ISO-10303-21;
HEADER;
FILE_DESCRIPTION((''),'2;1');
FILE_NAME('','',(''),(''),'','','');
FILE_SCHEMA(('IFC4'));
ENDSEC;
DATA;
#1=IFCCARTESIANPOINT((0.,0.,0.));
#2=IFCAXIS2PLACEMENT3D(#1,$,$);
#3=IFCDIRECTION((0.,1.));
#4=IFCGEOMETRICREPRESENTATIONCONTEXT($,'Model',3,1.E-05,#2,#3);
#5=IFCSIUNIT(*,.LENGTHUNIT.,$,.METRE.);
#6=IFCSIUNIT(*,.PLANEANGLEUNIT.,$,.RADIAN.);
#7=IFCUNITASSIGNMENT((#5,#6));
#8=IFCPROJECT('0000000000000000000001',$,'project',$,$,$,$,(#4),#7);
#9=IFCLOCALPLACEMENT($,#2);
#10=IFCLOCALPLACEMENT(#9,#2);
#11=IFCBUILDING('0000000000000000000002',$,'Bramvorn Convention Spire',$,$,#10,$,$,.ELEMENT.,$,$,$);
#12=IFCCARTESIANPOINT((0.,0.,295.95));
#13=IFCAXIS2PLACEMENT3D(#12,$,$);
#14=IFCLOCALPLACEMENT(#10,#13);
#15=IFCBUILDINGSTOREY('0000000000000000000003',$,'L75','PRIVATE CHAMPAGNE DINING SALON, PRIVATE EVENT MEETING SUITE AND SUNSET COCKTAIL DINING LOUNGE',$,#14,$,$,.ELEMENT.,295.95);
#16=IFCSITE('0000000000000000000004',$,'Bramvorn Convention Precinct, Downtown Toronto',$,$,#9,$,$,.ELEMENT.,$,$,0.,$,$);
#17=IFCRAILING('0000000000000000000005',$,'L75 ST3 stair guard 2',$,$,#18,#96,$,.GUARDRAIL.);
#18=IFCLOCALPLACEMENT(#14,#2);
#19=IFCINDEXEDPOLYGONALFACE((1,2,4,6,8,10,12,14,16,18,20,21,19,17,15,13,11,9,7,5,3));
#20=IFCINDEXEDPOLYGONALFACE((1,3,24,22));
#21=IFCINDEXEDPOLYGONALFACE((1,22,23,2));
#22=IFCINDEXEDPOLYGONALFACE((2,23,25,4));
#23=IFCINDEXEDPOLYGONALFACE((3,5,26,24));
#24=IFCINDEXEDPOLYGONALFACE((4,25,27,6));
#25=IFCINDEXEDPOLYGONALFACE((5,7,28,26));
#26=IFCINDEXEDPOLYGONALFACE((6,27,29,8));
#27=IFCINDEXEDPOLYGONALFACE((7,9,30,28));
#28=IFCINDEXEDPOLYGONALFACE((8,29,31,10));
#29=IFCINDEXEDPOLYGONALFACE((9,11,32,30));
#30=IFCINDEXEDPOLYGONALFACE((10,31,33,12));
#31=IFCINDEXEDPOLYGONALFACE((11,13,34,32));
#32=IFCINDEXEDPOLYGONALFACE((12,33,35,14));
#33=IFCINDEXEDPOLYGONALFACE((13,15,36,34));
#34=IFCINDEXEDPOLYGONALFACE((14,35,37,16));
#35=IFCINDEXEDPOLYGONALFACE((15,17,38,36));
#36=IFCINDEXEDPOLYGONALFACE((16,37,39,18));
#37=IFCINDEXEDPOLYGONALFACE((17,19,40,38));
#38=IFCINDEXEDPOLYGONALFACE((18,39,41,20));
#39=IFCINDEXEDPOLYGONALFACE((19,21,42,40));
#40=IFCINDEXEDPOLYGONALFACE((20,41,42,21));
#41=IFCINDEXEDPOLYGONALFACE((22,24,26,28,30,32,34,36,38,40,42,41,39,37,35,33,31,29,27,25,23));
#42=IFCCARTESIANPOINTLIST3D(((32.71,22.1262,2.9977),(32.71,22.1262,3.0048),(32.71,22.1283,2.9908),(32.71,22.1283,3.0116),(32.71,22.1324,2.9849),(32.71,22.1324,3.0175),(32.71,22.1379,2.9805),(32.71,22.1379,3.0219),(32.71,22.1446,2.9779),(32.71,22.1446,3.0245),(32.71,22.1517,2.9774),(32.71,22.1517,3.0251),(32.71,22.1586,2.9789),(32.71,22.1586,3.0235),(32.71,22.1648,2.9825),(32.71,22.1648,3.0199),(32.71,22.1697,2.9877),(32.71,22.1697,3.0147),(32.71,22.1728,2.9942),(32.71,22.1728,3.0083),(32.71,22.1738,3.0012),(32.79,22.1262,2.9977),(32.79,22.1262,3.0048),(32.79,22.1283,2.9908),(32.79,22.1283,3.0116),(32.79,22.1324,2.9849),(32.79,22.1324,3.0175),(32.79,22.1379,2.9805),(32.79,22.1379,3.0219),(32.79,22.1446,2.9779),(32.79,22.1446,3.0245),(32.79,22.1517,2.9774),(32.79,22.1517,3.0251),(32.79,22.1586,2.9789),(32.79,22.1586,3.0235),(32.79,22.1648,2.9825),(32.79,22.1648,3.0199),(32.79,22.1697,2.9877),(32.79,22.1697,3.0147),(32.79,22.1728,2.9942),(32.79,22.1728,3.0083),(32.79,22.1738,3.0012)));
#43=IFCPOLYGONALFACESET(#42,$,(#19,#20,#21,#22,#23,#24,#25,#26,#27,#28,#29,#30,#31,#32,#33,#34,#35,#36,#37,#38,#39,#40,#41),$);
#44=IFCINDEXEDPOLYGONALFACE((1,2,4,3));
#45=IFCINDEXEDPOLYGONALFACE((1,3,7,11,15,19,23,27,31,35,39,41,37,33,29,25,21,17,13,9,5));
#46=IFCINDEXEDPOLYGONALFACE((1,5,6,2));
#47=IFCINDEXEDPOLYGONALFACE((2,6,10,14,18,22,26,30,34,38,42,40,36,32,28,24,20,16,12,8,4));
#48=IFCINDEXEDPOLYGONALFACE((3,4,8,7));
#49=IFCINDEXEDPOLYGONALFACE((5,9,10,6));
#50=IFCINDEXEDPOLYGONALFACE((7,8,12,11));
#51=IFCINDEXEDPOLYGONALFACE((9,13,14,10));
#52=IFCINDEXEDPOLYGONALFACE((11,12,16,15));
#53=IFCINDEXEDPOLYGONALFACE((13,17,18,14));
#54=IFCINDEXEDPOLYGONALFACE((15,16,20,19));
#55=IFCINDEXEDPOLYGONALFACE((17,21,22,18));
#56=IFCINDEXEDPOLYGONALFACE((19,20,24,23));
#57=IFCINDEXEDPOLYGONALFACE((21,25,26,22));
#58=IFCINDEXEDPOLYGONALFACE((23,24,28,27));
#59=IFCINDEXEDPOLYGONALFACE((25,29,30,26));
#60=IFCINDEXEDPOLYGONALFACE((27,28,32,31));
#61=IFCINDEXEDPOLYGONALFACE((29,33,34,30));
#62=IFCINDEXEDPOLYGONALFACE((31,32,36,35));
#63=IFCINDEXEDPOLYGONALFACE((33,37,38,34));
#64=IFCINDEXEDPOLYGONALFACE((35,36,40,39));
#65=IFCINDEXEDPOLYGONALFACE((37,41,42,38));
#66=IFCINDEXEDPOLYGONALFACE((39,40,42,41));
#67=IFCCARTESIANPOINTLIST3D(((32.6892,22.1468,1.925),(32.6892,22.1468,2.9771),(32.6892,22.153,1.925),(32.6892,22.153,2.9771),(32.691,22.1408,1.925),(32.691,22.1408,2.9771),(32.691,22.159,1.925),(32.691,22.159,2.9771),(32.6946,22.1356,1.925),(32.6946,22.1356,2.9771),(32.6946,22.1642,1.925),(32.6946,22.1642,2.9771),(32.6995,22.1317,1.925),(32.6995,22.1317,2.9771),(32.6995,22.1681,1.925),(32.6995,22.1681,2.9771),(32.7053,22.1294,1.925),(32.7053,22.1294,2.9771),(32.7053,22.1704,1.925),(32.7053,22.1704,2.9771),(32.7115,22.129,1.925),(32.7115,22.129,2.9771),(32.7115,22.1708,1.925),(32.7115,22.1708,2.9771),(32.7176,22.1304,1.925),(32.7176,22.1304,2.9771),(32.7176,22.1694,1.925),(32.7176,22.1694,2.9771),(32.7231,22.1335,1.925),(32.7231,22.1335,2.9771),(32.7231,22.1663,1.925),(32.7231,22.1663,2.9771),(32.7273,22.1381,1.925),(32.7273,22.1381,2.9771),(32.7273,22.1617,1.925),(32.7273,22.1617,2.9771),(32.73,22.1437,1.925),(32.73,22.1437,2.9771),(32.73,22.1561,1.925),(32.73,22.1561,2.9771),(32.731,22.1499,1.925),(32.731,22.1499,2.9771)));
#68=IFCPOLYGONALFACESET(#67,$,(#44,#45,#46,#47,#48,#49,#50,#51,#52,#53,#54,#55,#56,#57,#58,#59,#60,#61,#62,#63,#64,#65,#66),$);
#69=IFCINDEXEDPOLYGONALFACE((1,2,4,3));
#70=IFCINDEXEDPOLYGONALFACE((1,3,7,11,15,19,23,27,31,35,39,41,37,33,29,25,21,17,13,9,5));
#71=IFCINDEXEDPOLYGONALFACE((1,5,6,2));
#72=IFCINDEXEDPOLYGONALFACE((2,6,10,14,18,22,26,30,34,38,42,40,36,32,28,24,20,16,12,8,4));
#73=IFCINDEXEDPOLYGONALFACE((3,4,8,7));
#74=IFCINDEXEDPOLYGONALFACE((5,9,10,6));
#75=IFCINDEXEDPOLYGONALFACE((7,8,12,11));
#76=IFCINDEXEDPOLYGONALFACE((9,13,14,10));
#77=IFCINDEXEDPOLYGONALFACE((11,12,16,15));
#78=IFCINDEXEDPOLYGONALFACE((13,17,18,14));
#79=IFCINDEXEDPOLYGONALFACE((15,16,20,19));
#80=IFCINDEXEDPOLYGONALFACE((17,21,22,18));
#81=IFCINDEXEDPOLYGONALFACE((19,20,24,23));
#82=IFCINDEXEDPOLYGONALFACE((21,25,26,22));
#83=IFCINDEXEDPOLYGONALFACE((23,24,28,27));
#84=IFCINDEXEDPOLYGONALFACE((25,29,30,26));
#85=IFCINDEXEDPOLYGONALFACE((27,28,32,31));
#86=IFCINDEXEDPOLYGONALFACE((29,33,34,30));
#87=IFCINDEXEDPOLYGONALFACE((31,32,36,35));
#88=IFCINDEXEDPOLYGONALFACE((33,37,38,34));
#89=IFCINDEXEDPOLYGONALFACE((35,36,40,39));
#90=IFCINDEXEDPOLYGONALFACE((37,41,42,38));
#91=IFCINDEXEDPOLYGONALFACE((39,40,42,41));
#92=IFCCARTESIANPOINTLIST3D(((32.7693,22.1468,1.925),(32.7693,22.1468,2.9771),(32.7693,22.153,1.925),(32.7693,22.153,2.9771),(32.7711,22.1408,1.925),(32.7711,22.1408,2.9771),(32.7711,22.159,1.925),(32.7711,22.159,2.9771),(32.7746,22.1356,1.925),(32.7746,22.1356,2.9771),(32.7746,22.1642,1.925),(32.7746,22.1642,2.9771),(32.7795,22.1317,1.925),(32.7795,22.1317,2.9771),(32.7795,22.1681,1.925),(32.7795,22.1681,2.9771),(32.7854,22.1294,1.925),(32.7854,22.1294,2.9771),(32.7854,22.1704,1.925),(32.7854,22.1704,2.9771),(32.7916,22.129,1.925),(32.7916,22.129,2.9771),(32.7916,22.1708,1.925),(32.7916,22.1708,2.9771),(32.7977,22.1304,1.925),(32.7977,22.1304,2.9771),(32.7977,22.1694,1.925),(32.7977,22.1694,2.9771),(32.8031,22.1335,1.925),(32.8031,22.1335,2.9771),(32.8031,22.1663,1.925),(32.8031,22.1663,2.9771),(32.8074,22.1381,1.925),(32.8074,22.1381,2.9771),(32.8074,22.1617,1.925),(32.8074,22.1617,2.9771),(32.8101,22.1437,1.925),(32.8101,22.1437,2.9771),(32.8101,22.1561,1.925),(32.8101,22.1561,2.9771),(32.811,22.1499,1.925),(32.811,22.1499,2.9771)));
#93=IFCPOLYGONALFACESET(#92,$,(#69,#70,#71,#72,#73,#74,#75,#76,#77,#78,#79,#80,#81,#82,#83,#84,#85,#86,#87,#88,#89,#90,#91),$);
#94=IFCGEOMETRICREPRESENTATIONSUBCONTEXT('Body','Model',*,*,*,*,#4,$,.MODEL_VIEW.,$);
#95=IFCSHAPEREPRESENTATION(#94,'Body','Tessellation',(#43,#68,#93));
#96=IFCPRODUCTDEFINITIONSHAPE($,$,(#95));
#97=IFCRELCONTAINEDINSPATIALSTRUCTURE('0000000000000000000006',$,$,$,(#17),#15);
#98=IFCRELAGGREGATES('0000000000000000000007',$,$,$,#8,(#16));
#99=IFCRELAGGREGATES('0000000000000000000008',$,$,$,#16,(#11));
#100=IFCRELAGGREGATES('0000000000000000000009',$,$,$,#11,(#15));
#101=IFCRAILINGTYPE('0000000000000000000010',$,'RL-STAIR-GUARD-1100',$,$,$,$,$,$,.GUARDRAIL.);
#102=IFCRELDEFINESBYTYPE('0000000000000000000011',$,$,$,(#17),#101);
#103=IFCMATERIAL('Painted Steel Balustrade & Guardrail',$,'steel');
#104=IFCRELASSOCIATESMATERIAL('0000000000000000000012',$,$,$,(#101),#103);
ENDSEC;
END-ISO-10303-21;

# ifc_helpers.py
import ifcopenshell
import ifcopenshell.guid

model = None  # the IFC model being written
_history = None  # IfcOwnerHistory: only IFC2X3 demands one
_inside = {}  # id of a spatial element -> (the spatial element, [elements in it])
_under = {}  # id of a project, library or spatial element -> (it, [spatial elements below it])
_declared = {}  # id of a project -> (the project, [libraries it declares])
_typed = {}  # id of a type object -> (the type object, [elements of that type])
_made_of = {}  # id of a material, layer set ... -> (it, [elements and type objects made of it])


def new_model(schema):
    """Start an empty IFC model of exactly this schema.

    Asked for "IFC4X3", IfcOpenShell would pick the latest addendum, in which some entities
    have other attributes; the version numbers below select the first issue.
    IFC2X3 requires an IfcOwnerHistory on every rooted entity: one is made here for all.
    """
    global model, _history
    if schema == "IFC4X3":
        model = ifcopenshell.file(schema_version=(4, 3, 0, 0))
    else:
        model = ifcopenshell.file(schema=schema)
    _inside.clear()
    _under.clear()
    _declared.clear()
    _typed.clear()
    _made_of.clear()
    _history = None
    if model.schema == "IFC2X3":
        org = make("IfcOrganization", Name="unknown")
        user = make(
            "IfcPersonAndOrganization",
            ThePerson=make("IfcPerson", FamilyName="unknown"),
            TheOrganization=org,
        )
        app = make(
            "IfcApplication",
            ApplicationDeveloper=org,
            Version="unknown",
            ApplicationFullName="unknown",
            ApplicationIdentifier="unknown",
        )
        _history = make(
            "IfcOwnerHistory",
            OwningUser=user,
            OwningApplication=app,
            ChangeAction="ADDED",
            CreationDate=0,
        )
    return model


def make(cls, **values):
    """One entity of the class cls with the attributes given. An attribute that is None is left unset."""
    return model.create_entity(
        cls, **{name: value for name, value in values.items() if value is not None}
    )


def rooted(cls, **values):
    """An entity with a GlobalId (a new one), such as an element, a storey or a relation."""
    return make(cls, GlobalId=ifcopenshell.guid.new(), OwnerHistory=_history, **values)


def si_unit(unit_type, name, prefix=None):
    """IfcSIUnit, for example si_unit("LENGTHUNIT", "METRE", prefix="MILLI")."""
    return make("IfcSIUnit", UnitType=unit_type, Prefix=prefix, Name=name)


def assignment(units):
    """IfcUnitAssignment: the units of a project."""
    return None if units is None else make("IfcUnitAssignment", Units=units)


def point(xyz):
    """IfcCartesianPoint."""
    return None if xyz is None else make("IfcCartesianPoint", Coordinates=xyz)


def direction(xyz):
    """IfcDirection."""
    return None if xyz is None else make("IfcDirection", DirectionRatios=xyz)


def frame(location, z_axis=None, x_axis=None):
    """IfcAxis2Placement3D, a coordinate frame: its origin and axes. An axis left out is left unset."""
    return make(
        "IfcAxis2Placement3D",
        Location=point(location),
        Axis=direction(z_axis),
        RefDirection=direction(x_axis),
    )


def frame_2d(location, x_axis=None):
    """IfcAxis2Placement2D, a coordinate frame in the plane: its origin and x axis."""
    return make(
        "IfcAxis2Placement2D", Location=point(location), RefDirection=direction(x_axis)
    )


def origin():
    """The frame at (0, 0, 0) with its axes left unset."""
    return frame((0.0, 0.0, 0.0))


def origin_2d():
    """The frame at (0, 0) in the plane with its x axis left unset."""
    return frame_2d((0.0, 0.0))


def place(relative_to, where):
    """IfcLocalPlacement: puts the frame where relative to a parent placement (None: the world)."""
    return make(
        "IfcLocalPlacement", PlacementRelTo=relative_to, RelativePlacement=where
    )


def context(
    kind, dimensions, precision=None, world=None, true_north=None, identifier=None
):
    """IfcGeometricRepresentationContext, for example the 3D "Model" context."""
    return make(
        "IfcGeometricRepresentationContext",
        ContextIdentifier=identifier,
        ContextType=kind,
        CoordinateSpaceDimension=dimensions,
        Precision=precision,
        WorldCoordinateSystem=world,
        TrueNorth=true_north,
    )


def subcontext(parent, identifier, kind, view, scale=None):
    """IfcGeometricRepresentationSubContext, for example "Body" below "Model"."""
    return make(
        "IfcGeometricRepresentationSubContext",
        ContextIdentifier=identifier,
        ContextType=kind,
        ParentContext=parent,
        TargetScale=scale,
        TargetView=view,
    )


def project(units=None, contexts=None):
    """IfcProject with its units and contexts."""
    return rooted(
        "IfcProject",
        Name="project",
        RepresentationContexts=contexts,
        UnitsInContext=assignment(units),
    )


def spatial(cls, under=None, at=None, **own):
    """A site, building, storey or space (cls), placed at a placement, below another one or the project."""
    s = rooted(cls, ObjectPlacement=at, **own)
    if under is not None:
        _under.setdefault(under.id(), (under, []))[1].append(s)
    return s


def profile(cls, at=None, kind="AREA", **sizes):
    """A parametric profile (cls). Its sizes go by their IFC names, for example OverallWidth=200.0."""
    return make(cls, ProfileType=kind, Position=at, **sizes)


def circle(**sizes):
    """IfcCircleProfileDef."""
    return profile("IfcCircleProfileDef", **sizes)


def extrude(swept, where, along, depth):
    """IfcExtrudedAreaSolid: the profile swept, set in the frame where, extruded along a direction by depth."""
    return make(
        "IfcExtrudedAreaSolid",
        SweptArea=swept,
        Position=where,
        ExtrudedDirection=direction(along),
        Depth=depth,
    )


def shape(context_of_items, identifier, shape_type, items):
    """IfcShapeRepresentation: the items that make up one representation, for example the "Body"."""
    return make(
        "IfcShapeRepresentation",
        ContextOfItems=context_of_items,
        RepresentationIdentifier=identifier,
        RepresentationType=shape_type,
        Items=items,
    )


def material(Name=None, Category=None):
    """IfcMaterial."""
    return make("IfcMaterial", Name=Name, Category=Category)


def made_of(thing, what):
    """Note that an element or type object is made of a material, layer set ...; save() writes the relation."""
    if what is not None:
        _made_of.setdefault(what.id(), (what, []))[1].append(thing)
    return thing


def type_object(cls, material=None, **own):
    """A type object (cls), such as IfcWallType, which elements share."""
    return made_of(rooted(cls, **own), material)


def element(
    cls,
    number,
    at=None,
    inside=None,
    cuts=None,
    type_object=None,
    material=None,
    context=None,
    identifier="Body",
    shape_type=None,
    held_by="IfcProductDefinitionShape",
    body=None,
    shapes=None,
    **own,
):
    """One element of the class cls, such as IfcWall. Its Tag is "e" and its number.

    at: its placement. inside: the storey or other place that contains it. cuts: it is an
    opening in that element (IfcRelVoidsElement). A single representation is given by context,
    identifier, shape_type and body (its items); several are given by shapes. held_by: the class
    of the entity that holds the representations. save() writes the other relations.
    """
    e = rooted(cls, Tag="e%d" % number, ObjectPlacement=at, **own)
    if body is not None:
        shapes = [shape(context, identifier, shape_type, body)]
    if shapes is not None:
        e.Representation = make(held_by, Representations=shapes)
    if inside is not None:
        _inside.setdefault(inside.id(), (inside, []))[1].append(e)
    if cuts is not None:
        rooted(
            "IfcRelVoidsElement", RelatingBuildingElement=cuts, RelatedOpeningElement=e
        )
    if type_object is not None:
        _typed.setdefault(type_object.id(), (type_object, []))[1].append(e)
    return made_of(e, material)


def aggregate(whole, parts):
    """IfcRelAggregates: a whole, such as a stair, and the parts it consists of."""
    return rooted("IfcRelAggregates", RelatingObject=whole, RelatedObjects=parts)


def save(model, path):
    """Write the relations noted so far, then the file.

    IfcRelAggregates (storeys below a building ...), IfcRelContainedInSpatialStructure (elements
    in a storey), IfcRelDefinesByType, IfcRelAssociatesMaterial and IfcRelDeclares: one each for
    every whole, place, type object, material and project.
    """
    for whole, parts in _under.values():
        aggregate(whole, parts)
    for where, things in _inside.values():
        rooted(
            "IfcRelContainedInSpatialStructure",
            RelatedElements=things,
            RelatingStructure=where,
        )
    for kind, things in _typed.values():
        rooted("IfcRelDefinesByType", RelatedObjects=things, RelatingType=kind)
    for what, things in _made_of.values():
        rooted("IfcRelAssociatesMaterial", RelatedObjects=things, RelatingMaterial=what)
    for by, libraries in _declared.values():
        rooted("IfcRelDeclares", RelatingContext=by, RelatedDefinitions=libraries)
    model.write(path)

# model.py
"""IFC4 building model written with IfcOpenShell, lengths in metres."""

from ifc_helpers import new_model, si_unit, direction, frame, origin, origin_2d, place, context, subcontext, project, spatial, circle, extrude, material, type_object, element, save


model = new_model("IFC4")

# Units and contexts
model_context = context("Model", 3, precision=1e-05, world=origin(), true_north=direction((0.0, 1.0)))
body_context = subcontext(model_context, "Body", "Model", "MODEL_VIEW")
ifc_project = project(units=[si_unit("LENGTHUNIT", "METRE"), si_unit("PLANEANGLEUNIT", "RADIAN")], contexts=[model_context])

# Site, building, storey
site_placement = place(None, origin())
site = spatial("IfcSite", under=ifc_project, at=site_placement, Name="Bramvorn Convention Precinct, Downtown Toronto", CompositionType="ELEMENT", RefElevation=0.0)
building_placement = place(site_placement, origin())
building = spatial("IfcBuilding", under=site, at=building_placement, Name="Bramvorn Convention Spire", CompositionType="ELEMENT")
storey_placement = place(building_placement, frame((0.0, 0.0, 295.95)))
storey = spatial("IfcBuildingStorey", under=building, at=storey_placement, Name="L75", Description="PRIVATE CHAMPAGNE DINING SALON, PRIVATE EVENT MEETING SUITE AND SUNSET COCKTAIL DINING LOUNGE", CompositionType="ELEMENT", Elevation=295.95)

# Railing
ifc_material_1 = material(Name="Painted Steel Balustrade & Guardrail", Category="steel")
railing_type_1 = type_object("IfcRailingType", Name="RL-STAIR-GUARD-1100", PredefinedType="GUARDRAIL", material=ifc_material_1)
railing_1_placement = place(storey_placement, frame((32.71, 22.1499, 1.925)))
element("IfcRailing", 1, at=railing_1_placement, inside=storey, type_object=railing_type_1, Name="L75 ST3 stair guard 2", PredefinedType="GUARDRAIL", context=body_context, shape_type="SweptSolid", body=[
    extrude(circle(Radius=0.0239, at=origin_2d()), frame((0.0, 0.0, 1.0762), z_axis=(1.0, 0.0, 0.0), x_axis=(0.0, 1.0, 0.0)), (0.0, 0.0, 1.0), 0.0801),
    extrude(circle(Radius=0.021, at=origin_2d()), origin(), (0.0, 0.0, 1.0), 1.052),
    extrude(circle(Radius=0.021, at=origin_2d()), frame((0.0801, 0.0, 0.0)), (0.0, 0.0, 1.0), 1.052),
])

save(model, "model.ifc")
